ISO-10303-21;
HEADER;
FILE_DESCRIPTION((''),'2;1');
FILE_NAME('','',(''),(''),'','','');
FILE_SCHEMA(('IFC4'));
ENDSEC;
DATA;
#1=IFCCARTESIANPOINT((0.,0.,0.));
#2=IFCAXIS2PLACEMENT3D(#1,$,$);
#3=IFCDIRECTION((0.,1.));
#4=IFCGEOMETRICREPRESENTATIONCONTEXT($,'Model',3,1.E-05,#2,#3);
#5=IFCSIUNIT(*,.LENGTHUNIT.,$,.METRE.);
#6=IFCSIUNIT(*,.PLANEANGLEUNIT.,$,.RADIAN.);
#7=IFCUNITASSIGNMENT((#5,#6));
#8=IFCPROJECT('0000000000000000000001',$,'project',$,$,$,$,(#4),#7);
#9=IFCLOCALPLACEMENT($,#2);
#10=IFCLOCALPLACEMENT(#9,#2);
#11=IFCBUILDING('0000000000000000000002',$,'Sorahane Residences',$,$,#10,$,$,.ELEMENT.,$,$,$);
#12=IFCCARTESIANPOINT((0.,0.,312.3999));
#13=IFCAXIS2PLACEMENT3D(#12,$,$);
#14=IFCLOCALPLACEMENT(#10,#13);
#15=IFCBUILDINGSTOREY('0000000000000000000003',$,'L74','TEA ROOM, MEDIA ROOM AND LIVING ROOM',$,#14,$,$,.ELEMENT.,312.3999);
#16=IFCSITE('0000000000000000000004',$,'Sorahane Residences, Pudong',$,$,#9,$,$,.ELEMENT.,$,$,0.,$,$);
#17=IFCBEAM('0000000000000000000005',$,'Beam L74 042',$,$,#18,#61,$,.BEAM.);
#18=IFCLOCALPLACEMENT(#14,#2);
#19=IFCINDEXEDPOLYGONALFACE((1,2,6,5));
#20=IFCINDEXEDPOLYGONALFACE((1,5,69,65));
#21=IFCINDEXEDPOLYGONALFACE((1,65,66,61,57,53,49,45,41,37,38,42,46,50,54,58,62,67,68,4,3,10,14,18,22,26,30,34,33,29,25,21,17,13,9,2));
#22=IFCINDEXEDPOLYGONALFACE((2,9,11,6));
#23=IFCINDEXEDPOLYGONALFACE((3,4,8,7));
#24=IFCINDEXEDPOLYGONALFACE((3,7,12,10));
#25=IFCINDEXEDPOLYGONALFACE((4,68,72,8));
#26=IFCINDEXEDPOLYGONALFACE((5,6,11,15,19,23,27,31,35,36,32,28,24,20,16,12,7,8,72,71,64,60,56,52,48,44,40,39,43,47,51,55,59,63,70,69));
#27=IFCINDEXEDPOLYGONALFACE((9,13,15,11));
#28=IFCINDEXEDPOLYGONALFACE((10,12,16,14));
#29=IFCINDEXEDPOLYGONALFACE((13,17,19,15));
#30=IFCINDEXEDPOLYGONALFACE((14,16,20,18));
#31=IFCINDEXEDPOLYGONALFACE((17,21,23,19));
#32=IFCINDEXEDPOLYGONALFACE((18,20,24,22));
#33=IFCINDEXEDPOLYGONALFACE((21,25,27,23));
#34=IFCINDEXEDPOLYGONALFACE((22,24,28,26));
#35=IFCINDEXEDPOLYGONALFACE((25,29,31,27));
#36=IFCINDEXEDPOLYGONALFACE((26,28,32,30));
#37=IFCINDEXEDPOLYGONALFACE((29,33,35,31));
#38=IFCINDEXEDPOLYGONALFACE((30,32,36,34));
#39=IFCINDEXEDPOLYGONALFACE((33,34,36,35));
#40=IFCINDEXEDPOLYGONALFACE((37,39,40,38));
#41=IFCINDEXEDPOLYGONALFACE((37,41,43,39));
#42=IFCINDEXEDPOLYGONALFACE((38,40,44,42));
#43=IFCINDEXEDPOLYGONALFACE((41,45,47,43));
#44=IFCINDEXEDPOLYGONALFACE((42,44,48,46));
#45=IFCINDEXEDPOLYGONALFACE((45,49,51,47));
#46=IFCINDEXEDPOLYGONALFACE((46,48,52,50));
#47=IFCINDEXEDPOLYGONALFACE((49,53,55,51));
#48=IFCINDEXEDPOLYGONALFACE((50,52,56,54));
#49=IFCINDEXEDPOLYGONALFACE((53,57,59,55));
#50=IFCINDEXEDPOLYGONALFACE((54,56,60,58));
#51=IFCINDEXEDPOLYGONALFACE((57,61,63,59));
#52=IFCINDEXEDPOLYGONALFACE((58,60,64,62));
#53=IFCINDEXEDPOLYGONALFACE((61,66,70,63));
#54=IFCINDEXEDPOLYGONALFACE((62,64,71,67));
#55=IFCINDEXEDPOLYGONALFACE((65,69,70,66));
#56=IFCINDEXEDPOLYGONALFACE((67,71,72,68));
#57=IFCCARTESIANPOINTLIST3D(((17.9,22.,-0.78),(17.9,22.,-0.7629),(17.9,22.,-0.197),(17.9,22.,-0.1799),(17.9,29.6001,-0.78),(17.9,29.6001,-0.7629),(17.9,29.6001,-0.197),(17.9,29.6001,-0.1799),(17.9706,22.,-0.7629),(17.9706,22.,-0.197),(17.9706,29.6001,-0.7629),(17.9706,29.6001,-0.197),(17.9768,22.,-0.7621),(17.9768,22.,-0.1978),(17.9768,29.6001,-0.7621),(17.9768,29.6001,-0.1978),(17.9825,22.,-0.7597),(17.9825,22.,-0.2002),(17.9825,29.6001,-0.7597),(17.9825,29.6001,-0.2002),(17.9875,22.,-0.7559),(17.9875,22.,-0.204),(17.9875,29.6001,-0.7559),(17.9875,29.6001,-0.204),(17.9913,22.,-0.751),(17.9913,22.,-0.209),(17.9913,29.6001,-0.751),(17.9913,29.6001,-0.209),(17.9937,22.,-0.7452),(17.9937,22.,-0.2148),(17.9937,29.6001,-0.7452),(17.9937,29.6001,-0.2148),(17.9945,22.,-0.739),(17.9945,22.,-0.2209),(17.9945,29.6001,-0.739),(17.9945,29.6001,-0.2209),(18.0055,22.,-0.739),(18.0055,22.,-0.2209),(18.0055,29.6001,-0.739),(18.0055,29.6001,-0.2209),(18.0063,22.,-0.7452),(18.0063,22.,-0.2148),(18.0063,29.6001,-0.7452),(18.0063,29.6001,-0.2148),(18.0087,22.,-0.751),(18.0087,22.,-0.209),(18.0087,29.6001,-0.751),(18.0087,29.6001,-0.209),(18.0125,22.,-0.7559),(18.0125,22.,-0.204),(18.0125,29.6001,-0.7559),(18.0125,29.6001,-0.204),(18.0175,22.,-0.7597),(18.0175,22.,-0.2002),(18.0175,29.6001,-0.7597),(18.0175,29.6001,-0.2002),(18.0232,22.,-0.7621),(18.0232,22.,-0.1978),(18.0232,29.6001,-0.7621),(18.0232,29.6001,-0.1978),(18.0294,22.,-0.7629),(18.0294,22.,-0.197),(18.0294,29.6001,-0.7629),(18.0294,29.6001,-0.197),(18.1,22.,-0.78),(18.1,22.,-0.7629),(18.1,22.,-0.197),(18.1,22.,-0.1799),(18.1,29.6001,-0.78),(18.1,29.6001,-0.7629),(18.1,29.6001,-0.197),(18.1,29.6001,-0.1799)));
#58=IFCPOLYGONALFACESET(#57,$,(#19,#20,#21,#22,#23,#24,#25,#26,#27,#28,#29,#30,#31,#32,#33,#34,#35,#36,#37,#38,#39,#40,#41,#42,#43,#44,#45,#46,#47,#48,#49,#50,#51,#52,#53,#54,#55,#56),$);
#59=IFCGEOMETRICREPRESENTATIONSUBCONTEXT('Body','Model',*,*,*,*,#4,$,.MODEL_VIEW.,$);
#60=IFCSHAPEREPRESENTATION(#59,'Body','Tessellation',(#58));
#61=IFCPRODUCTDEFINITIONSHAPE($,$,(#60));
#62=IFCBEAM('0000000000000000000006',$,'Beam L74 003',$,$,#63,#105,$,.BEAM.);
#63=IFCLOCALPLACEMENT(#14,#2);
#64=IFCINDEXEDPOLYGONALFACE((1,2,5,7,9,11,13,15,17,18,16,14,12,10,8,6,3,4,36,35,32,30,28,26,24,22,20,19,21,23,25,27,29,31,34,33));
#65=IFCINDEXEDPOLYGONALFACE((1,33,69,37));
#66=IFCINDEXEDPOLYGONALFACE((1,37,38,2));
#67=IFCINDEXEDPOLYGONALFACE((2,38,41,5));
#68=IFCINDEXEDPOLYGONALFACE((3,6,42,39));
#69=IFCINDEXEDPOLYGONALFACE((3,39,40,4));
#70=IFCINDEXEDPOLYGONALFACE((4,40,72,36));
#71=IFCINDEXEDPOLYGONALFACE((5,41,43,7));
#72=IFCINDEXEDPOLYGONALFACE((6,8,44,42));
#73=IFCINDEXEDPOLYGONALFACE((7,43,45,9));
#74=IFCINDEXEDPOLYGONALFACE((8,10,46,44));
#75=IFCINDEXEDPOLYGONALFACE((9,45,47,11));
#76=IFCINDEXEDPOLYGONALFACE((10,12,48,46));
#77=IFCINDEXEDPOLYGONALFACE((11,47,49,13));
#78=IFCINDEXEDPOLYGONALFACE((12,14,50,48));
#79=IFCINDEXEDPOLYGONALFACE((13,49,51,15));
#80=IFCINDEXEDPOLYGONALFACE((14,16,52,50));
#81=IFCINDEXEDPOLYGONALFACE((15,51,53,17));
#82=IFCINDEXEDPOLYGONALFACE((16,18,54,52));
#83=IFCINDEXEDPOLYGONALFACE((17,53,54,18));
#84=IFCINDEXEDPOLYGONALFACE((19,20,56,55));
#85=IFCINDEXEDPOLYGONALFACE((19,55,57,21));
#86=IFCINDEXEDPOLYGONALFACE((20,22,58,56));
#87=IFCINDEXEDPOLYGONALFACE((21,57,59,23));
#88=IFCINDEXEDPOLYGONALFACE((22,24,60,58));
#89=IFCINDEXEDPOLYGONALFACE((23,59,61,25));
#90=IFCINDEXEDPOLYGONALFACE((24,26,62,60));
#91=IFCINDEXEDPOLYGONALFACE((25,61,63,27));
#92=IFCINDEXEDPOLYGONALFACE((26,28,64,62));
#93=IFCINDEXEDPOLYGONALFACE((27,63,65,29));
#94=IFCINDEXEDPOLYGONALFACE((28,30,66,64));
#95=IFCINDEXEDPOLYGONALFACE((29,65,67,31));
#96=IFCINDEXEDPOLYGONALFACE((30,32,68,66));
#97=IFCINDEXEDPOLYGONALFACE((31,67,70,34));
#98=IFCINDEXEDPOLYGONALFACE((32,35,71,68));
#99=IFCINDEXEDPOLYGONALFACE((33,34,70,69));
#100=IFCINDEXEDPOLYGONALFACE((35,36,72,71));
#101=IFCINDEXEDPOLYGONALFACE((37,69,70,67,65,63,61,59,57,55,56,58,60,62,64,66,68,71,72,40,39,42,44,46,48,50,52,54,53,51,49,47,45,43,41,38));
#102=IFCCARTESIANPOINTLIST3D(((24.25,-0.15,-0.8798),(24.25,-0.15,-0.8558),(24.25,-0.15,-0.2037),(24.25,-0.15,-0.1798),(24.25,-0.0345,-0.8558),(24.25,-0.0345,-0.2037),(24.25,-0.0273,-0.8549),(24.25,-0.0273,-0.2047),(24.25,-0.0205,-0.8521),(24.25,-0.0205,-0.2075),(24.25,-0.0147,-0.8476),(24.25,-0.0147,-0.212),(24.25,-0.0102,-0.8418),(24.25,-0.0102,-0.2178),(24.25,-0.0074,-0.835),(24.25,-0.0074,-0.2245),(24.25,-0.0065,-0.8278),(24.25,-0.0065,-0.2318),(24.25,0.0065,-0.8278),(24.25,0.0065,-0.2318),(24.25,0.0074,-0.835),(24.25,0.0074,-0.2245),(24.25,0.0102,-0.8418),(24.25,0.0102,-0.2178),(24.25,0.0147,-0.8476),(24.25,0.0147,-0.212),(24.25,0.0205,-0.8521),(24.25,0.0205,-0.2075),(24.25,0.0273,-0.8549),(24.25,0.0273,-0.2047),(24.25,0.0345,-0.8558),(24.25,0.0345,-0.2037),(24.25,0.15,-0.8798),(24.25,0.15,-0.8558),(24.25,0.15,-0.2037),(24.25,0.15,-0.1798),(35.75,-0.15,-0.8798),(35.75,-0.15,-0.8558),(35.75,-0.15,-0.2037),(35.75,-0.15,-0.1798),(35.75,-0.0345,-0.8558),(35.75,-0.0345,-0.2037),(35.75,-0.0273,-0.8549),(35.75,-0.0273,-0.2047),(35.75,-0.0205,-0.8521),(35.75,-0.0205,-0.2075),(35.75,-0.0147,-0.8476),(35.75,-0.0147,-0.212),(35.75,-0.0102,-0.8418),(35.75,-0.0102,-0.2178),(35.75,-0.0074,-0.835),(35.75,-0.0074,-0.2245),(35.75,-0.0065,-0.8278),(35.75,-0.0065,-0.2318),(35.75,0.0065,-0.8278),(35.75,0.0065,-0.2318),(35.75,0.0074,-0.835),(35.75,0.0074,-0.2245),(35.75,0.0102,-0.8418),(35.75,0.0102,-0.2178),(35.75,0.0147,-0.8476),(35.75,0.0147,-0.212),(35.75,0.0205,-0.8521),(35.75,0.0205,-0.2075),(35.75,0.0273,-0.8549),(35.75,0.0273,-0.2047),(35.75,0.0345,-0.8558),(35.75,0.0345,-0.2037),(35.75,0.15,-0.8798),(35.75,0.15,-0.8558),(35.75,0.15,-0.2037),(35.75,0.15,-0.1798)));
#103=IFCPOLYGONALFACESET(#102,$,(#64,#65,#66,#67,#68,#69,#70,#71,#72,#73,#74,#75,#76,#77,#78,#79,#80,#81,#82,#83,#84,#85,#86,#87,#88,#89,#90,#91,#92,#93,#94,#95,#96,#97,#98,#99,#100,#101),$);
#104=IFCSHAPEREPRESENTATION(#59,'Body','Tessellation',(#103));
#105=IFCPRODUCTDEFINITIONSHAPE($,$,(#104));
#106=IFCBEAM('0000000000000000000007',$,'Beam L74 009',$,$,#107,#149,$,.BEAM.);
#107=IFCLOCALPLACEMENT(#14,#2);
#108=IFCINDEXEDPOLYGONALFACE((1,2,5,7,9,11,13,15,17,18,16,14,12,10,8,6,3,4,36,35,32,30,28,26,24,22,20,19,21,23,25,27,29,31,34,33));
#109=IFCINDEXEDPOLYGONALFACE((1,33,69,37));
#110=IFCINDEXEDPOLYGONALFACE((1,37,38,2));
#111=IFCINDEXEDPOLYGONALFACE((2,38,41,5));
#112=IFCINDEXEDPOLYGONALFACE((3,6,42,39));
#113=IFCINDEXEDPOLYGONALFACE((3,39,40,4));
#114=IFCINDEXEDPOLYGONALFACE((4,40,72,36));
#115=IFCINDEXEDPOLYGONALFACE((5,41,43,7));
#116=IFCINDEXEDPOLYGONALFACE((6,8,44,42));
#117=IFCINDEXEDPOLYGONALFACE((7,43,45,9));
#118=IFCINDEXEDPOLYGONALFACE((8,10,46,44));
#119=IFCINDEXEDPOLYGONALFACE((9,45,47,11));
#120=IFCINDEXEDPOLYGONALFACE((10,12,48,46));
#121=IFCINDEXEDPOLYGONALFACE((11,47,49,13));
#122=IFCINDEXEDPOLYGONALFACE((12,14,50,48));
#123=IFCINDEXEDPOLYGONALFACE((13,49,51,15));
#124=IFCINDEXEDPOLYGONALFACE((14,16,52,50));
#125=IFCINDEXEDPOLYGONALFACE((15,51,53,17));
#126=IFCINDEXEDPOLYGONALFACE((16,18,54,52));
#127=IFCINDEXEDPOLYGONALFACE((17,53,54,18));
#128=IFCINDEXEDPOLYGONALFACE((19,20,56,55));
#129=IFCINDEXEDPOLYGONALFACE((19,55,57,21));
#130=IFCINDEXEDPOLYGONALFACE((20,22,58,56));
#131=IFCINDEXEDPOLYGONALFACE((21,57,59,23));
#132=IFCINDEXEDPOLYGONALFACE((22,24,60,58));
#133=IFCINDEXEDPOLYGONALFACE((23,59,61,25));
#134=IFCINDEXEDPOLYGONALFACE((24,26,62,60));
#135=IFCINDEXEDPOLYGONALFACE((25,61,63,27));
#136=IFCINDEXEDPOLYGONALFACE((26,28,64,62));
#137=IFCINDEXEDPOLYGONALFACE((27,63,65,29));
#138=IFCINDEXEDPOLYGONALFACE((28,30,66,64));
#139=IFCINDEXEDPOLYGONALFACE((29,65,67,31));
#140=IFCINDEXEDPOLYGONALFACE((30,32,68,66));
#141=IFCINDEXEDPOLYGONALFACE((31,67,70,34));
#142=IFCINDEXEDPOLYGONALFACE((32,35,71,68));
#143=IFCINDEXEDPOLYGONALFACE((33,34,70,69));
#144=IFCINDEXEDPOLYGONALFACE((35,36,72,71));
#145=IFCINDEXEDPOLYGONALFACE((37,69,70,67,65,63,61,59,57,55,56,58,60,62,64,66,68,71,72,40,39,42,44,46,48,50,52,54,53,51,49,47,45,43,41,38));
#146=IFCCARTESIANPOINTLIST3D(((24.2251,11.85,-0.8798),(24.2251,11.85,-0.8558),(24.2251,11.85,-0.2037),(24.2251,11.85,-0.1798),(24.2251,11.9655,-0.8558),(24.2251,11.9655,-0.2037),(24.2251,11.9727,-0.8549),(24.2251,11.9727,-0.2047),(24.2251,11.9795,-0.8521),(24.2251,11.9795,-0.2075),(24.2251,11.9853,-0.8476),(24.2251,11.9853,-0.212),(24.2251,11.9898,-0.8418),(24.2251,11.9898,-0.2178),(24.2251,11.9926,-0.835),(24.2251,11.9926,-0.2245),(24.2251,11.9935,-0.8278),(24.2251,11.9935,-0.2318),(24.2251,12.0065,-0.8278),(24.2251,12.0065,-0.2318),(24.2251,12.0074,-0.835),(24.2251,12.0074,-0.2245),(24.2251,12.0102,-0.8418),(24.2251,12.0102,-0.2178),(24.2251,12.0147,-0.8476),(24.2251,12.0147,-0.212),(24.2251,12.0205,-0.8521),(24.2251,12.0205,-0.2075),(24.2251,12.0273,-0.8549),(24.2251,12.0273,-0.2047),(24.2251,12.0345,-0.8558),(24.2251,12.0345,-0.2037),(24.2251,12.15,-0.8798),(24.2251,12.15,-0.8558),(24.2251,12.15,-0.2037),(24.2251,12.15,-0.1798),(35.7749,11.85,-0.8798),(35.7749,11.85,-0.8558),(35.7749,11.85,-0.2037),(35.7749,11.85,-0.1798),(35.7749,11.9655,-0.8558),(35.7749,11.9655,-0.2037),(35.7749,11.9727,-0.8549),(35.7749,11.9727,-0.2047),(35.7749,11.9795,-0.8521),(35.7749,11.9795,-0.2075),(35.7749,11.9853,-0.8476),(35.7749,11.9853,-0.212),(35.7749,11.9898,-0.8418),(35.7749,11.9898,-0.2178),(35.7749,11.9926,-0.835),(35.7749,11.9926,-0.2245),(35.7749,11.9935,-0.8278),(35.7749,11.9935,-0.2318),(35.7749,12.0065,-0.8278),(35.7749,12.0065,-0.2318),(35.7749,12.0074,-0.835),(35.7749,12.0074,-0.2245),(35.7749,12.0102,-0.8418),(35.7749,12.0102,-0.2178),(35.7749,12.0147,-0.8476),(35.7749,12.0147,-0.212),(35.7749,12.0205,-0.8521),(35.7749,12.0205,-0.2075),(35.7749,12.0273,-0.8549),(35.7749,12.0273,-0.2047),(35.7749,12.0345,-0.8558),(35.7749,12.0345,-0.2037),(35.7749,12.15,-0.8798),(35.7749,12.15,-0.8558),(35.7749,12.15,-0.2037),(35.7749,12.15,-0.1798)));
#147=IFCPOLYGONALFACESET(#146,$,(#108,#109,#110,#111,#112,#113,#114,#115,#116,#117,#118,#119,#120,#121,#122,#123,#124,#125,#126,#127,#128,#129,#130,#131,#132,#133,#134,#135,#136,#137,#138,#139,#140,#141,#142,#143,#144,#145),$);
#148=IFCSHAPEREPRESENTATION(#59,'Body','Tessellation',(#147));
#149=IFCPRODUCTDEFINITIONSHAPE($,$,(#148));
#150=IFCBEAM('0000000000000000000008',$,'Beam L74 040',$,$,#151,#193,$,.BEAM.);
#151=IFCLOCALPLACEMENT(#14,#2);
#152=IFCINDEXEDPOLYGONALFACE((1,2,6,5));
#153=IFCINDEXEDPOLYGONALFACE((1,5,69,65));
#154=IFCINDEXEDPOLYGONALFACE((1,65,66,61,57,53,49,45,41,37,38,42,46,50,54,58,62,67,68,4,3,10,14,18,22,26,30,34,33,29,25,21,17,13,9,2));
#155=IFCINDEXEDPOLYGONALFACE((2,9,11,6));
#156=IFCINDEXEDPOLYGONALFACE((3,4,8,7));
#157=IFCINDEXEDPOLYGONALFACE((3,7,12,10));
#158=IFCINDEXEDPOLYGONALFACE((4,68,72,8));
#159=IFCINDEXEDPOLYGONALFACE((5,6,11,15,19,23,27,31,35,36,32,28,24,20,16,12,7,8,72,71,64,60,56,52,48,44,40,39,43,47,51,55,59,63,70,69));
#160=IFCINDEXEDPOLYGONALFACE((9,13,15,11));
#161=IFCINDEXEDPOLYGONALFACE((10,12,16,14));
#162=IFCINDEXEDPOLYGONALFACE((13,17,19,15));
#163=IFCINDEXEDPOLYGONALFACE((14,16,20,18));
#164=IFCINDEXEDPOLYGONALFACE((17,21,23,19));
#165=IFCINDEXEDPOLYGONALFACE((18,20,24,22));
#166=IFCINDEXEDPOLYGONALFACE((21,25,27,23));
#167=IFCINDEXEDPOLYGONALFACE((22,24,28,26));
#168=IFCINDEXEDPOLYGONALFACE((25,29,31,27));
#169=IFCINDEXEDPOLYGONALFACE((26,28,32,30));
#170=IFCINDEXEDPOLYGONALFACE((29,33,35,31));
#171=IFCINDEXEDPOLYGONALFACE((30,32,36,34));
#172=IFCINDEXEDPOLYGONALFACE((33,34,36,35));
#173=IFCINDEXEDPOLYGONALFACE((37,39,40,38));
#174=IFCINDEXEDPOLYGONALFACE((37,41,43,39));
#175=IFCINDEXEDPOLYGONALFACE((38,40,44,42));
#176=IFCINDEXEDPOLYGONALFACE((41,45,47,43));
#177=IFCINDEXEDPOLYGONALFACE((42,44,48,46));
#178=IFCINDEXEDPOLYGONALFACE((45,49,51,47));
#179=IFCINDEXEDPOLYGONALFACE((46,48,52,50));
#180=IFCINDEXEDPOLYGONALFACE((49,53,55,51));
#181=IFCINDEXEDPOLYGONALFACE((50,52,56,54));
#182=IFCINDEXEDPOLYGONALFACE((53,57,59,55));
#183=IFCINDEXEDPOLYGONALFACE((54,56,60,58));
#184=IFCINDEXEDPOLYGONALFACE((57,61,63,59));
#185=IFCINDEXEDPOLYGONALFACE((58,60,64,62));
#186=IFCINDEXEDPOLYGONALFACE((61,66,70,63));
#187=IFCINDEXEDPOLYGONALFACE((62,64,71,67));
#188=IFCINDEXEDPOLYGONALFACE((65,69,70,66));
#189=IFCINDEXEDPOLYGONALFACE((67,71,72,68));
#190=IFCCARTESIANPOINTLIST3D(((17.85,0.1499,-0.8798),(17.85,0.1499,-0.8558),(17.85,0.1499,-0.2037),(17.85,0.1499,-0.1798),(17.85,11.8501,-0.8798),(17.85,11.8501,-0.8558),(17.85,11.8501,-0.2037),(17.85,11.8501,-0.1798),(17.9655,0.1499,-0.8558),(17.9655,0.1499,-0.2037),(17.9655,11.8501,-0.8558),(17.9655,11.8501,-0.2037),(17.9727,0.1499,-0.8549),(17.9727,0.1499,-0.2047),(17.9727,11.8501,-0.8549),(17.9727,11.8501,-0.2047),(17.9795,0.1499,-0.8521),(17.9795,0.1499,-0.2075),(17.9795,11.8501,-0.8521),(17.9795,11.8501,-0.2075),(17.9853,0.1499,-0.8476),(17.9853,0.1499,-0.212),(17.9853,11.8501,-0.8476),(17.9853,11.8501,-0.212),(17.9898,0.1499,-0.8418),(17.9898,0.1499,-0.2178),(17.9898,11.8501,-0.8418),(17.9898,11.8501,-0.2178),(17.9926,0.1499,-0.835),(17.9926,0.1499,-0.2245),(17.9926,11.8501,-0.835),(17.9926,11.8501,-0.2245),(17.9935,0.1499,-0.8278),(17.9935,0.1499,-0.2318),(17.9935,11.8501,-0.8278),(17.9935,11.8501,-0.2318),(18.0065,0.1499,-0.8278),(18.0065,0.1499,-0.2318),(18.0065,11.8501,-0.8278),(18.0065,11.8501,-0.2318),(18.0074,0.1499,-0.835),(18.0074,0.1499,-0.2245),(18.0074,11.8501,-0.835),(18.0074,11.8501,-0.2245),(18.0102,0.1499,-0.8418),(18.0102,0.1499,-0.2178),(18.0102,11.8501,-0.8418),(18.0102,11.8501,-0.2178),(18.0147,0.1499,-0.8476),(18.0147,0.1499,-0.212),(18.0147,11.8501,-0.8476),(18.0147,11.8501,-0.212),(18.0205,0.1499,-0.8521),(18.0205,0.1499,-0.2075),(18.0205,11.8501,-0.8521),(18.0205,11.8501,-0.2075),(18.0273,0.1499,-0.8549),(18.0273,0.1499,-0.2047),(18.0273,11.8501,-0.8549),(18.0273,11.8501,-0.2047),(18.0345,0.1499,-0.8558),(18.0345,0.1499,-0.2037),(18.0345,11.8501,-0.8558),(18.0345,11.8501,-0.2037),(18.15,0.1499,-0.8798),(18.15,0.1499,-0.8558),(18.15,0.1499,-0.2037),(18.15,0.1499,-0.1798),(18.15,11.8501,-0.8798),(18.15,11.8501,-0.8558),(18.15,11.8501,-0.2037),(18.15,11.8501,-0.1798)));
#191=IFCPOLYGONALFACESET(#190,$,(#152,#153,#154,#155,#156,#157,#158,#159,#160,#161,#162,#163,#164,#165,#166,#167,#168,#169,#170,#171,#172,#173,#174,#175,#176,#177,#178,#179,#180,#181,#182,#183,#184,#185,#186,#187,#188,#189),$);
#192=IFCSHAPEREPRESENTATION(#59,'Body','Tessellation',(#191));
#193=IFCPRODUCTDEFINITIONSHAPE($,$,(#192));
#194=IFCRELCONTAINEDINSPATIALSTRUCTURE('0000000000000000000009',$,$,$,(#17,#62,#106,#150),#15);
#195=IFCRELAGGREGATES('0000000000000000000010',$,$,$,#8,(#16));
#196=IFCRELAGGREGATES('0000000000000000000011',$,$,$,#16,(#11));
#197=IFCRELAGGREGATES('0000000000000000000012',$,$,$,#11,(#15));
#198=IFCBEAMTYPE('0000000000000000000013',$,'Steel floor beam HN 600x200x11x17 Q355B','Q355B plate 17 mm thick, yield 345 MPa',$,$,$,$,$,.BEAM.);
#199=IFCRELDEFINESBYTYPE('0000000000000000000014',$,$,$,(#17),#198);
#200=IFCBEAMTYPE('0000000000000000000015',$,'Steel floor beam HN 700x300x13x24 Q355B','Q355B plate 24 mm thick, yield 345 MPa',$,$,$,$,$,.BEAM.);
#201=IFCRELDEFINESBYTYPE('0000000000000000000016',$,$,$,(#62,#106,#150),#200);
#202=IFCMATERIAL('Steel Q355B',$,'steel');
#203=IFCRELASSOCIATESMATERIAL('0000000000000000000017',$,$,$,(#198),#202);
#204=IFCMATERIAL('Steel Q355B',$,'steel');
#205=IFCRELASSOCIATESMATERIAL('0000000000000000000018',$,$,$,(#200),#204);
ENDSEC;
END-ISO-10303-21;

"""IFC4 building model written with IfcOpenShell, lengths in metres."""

from ifc_helpers import new_model, si_unit, direction, frame, origin, origin_2d, place, context, subcontext, project, spatial, i_section, extrude, material, material_profile, profile_set, type_object, element, save


model = new_model("IFC4")

# Units and contexts
model_context = context("Model", 3, precision=1e-05, world=origin(), true_north=direction((0.0, 1.0)))
body_context = subcontext(model_context, "Body", "Model", "MODEL_VIEW")
ifc_project = project(units=[si_unit("LENGTHUNIT", "METRE"), si_unit("PLANEANGLEUNIT", "RADIAN")], contexts=[model_context])

# Site, building, storey
site_placement = place(None, origin())
site = spatial("IfcSite", under=ifc_project, at=site_placement, Name="Sorahane Residences, Pudong", CompositionType="ELEMENT", RefElevation=0.0)
building_placement = place(site_placement, origin())
building = spatial("IfcBuilding", under=site, at=building_placement, Name="Sorahane Residences", CompositionType="ELEMENT")
storey_placement = place(building_placement, frame((0.0, 0.0, 312.3999)))
storey = spatial("IfcBuildingStorey", under=building, at=storey_placement, Name="L74", Description="TEA ROOM, MEDIA ROOM AND LIVING ROOM", CompositionType="ELEMENT", Elevation=312.3999)

# Beams
ifc_material_1 = material(Name="Steel Q355B", Category="steel")
ifc_material_profile_1 = material_profile(ifc_material_1, i_section(OverallWidth=0.2, OverallDepth=0.6001, WebThickness=0.011, FlangeThickness=0.0171, FilletRadius=0.0239, at=origin_2d()), Name="HN 600x200x11x17")
ifc_profile_set_1 = profile_set([ifc_material_profile_1], Name="Steel Q355B")
beam_type_1 = type_object("IfcBeamType", Name="Steel floor beam HN 600x200x11x17 Q355B", Description="Q355B plate 17 mm thick, yield 345 MPa", PredefinedType="BEAM", material=ifc_profile_set_1)
beam_1_placement = place(storey_placement, frame((18.0, 22.0, -0.48), z_axis=(0.0, 1.0, 0.0), x_axis=(-1.0, 0.0, 0.0)))
element("IfcBeam", 1, at=beam_1_placement, inside=storey, type_object=beam_type_1, Name="Beam L74 042", PredefinedType="BEAM", context=body_context, shape_type="SweptSolid", body=[
    extrude(i_section(OverallWidth=0.2, OverallDepth=0.6001, WebThickness=0.011, FlangeThickness=0.0171, FilletRadius=0.0239, at=origin_2d()), origin(), (0.0, 0.0, 1.0), 7.6001),
])
ifc_material_2 = material(Name="Steel Q355B", Category="steel")
ifc_material_profile_2 = material_profile(ifc_material_2, i_section(OverallWidth=0.3, OverallDepth=0.7, WebThickness=0.0129, FlangeThickness=0.0239, FilletRadius=0.0281, at=origin_2d()), Name="HN 700x300x13x24")
ifc_profile_set_2 = profile_set([ifc_material_profile_2], Name="Steel Q355B")
beam_type_2 = type_object("IfcBeamType", Name="Steel floor beam HN 700x300x13x24 Q355B", Description="Q355B plate 24 mm thick, yield 345 MPa", PredefinedType="BEAM", material=ifc_profile_set_2)
beam_2_placement = place(storey_placement, frame((24.25, 0.0, -0.5298), z_axis=(1.0, 0.0, 0.0), x_axis=(0.0, 1.0, 0.0)))
element("IfcBeam", 2, at=beam_2_placement, inside=storey, type_object=beam_type_2, Name="Beam L74 003", PredefinedType="BEAM", context=body_context, shape_type="SweptSolid", body=[
    extrude(i_section(OverallWidth=0.3, OverallDepth=0.7, WebThickness=0.0129, FlangeThickness=0.0239, FilletRadius=0.0281, at=origin_2d()), origin(), (0.0, 0.0, 1.0), 11.5),
])
beam_3_placement = place(storey_placement, frame((24.2251, 12.0, -0.5298), z_axis=(1.0, 0.0, 0.0), x_axis=(0.0, 1.0, 0.0)))
element("IfcBeam", 3, at=beam_3_placement, inside=storey, type_object=beam_type_2, Name="Beam L74 009", PredefinedType="BEAM", context=body_context, shape_type="SweptSolid", body=[
    extrude(i_section(OverallWidth=0.3, OverallDepth=0.7, WebThickness=0.0129, FlangeThickness=0.0239, FilletRadius=0.0281, at=origin_2d()), origin(), (0.0, 0.0, 1.0), 11.5498),
])
beam_4_placement = place(storey_placement, frame((18.0, 0.1499, -0.5298), z_axis=(0.0, 1.0, 0.0), x_axis=(-1.0, 0.0, 0.0)))
element("IfcBeam", 4, at=beam_4_placement, inside=storey, type_object=beam_type_2, Name="Beam L74 040", PredefinedType="BEAM", context=body_context, shape_type="SweptSolid", body=[
    extrude(i_section(OverallWidth=0.3, OverallDepth=0.7, WebThickness=0.0129, FlangeThickness=0.0239, FilletRadius=0.0281, at=origin_2d()), origin(), (0.0, 0.0, 1.0), 11.7002),
])

save(model, "model.ifc")
